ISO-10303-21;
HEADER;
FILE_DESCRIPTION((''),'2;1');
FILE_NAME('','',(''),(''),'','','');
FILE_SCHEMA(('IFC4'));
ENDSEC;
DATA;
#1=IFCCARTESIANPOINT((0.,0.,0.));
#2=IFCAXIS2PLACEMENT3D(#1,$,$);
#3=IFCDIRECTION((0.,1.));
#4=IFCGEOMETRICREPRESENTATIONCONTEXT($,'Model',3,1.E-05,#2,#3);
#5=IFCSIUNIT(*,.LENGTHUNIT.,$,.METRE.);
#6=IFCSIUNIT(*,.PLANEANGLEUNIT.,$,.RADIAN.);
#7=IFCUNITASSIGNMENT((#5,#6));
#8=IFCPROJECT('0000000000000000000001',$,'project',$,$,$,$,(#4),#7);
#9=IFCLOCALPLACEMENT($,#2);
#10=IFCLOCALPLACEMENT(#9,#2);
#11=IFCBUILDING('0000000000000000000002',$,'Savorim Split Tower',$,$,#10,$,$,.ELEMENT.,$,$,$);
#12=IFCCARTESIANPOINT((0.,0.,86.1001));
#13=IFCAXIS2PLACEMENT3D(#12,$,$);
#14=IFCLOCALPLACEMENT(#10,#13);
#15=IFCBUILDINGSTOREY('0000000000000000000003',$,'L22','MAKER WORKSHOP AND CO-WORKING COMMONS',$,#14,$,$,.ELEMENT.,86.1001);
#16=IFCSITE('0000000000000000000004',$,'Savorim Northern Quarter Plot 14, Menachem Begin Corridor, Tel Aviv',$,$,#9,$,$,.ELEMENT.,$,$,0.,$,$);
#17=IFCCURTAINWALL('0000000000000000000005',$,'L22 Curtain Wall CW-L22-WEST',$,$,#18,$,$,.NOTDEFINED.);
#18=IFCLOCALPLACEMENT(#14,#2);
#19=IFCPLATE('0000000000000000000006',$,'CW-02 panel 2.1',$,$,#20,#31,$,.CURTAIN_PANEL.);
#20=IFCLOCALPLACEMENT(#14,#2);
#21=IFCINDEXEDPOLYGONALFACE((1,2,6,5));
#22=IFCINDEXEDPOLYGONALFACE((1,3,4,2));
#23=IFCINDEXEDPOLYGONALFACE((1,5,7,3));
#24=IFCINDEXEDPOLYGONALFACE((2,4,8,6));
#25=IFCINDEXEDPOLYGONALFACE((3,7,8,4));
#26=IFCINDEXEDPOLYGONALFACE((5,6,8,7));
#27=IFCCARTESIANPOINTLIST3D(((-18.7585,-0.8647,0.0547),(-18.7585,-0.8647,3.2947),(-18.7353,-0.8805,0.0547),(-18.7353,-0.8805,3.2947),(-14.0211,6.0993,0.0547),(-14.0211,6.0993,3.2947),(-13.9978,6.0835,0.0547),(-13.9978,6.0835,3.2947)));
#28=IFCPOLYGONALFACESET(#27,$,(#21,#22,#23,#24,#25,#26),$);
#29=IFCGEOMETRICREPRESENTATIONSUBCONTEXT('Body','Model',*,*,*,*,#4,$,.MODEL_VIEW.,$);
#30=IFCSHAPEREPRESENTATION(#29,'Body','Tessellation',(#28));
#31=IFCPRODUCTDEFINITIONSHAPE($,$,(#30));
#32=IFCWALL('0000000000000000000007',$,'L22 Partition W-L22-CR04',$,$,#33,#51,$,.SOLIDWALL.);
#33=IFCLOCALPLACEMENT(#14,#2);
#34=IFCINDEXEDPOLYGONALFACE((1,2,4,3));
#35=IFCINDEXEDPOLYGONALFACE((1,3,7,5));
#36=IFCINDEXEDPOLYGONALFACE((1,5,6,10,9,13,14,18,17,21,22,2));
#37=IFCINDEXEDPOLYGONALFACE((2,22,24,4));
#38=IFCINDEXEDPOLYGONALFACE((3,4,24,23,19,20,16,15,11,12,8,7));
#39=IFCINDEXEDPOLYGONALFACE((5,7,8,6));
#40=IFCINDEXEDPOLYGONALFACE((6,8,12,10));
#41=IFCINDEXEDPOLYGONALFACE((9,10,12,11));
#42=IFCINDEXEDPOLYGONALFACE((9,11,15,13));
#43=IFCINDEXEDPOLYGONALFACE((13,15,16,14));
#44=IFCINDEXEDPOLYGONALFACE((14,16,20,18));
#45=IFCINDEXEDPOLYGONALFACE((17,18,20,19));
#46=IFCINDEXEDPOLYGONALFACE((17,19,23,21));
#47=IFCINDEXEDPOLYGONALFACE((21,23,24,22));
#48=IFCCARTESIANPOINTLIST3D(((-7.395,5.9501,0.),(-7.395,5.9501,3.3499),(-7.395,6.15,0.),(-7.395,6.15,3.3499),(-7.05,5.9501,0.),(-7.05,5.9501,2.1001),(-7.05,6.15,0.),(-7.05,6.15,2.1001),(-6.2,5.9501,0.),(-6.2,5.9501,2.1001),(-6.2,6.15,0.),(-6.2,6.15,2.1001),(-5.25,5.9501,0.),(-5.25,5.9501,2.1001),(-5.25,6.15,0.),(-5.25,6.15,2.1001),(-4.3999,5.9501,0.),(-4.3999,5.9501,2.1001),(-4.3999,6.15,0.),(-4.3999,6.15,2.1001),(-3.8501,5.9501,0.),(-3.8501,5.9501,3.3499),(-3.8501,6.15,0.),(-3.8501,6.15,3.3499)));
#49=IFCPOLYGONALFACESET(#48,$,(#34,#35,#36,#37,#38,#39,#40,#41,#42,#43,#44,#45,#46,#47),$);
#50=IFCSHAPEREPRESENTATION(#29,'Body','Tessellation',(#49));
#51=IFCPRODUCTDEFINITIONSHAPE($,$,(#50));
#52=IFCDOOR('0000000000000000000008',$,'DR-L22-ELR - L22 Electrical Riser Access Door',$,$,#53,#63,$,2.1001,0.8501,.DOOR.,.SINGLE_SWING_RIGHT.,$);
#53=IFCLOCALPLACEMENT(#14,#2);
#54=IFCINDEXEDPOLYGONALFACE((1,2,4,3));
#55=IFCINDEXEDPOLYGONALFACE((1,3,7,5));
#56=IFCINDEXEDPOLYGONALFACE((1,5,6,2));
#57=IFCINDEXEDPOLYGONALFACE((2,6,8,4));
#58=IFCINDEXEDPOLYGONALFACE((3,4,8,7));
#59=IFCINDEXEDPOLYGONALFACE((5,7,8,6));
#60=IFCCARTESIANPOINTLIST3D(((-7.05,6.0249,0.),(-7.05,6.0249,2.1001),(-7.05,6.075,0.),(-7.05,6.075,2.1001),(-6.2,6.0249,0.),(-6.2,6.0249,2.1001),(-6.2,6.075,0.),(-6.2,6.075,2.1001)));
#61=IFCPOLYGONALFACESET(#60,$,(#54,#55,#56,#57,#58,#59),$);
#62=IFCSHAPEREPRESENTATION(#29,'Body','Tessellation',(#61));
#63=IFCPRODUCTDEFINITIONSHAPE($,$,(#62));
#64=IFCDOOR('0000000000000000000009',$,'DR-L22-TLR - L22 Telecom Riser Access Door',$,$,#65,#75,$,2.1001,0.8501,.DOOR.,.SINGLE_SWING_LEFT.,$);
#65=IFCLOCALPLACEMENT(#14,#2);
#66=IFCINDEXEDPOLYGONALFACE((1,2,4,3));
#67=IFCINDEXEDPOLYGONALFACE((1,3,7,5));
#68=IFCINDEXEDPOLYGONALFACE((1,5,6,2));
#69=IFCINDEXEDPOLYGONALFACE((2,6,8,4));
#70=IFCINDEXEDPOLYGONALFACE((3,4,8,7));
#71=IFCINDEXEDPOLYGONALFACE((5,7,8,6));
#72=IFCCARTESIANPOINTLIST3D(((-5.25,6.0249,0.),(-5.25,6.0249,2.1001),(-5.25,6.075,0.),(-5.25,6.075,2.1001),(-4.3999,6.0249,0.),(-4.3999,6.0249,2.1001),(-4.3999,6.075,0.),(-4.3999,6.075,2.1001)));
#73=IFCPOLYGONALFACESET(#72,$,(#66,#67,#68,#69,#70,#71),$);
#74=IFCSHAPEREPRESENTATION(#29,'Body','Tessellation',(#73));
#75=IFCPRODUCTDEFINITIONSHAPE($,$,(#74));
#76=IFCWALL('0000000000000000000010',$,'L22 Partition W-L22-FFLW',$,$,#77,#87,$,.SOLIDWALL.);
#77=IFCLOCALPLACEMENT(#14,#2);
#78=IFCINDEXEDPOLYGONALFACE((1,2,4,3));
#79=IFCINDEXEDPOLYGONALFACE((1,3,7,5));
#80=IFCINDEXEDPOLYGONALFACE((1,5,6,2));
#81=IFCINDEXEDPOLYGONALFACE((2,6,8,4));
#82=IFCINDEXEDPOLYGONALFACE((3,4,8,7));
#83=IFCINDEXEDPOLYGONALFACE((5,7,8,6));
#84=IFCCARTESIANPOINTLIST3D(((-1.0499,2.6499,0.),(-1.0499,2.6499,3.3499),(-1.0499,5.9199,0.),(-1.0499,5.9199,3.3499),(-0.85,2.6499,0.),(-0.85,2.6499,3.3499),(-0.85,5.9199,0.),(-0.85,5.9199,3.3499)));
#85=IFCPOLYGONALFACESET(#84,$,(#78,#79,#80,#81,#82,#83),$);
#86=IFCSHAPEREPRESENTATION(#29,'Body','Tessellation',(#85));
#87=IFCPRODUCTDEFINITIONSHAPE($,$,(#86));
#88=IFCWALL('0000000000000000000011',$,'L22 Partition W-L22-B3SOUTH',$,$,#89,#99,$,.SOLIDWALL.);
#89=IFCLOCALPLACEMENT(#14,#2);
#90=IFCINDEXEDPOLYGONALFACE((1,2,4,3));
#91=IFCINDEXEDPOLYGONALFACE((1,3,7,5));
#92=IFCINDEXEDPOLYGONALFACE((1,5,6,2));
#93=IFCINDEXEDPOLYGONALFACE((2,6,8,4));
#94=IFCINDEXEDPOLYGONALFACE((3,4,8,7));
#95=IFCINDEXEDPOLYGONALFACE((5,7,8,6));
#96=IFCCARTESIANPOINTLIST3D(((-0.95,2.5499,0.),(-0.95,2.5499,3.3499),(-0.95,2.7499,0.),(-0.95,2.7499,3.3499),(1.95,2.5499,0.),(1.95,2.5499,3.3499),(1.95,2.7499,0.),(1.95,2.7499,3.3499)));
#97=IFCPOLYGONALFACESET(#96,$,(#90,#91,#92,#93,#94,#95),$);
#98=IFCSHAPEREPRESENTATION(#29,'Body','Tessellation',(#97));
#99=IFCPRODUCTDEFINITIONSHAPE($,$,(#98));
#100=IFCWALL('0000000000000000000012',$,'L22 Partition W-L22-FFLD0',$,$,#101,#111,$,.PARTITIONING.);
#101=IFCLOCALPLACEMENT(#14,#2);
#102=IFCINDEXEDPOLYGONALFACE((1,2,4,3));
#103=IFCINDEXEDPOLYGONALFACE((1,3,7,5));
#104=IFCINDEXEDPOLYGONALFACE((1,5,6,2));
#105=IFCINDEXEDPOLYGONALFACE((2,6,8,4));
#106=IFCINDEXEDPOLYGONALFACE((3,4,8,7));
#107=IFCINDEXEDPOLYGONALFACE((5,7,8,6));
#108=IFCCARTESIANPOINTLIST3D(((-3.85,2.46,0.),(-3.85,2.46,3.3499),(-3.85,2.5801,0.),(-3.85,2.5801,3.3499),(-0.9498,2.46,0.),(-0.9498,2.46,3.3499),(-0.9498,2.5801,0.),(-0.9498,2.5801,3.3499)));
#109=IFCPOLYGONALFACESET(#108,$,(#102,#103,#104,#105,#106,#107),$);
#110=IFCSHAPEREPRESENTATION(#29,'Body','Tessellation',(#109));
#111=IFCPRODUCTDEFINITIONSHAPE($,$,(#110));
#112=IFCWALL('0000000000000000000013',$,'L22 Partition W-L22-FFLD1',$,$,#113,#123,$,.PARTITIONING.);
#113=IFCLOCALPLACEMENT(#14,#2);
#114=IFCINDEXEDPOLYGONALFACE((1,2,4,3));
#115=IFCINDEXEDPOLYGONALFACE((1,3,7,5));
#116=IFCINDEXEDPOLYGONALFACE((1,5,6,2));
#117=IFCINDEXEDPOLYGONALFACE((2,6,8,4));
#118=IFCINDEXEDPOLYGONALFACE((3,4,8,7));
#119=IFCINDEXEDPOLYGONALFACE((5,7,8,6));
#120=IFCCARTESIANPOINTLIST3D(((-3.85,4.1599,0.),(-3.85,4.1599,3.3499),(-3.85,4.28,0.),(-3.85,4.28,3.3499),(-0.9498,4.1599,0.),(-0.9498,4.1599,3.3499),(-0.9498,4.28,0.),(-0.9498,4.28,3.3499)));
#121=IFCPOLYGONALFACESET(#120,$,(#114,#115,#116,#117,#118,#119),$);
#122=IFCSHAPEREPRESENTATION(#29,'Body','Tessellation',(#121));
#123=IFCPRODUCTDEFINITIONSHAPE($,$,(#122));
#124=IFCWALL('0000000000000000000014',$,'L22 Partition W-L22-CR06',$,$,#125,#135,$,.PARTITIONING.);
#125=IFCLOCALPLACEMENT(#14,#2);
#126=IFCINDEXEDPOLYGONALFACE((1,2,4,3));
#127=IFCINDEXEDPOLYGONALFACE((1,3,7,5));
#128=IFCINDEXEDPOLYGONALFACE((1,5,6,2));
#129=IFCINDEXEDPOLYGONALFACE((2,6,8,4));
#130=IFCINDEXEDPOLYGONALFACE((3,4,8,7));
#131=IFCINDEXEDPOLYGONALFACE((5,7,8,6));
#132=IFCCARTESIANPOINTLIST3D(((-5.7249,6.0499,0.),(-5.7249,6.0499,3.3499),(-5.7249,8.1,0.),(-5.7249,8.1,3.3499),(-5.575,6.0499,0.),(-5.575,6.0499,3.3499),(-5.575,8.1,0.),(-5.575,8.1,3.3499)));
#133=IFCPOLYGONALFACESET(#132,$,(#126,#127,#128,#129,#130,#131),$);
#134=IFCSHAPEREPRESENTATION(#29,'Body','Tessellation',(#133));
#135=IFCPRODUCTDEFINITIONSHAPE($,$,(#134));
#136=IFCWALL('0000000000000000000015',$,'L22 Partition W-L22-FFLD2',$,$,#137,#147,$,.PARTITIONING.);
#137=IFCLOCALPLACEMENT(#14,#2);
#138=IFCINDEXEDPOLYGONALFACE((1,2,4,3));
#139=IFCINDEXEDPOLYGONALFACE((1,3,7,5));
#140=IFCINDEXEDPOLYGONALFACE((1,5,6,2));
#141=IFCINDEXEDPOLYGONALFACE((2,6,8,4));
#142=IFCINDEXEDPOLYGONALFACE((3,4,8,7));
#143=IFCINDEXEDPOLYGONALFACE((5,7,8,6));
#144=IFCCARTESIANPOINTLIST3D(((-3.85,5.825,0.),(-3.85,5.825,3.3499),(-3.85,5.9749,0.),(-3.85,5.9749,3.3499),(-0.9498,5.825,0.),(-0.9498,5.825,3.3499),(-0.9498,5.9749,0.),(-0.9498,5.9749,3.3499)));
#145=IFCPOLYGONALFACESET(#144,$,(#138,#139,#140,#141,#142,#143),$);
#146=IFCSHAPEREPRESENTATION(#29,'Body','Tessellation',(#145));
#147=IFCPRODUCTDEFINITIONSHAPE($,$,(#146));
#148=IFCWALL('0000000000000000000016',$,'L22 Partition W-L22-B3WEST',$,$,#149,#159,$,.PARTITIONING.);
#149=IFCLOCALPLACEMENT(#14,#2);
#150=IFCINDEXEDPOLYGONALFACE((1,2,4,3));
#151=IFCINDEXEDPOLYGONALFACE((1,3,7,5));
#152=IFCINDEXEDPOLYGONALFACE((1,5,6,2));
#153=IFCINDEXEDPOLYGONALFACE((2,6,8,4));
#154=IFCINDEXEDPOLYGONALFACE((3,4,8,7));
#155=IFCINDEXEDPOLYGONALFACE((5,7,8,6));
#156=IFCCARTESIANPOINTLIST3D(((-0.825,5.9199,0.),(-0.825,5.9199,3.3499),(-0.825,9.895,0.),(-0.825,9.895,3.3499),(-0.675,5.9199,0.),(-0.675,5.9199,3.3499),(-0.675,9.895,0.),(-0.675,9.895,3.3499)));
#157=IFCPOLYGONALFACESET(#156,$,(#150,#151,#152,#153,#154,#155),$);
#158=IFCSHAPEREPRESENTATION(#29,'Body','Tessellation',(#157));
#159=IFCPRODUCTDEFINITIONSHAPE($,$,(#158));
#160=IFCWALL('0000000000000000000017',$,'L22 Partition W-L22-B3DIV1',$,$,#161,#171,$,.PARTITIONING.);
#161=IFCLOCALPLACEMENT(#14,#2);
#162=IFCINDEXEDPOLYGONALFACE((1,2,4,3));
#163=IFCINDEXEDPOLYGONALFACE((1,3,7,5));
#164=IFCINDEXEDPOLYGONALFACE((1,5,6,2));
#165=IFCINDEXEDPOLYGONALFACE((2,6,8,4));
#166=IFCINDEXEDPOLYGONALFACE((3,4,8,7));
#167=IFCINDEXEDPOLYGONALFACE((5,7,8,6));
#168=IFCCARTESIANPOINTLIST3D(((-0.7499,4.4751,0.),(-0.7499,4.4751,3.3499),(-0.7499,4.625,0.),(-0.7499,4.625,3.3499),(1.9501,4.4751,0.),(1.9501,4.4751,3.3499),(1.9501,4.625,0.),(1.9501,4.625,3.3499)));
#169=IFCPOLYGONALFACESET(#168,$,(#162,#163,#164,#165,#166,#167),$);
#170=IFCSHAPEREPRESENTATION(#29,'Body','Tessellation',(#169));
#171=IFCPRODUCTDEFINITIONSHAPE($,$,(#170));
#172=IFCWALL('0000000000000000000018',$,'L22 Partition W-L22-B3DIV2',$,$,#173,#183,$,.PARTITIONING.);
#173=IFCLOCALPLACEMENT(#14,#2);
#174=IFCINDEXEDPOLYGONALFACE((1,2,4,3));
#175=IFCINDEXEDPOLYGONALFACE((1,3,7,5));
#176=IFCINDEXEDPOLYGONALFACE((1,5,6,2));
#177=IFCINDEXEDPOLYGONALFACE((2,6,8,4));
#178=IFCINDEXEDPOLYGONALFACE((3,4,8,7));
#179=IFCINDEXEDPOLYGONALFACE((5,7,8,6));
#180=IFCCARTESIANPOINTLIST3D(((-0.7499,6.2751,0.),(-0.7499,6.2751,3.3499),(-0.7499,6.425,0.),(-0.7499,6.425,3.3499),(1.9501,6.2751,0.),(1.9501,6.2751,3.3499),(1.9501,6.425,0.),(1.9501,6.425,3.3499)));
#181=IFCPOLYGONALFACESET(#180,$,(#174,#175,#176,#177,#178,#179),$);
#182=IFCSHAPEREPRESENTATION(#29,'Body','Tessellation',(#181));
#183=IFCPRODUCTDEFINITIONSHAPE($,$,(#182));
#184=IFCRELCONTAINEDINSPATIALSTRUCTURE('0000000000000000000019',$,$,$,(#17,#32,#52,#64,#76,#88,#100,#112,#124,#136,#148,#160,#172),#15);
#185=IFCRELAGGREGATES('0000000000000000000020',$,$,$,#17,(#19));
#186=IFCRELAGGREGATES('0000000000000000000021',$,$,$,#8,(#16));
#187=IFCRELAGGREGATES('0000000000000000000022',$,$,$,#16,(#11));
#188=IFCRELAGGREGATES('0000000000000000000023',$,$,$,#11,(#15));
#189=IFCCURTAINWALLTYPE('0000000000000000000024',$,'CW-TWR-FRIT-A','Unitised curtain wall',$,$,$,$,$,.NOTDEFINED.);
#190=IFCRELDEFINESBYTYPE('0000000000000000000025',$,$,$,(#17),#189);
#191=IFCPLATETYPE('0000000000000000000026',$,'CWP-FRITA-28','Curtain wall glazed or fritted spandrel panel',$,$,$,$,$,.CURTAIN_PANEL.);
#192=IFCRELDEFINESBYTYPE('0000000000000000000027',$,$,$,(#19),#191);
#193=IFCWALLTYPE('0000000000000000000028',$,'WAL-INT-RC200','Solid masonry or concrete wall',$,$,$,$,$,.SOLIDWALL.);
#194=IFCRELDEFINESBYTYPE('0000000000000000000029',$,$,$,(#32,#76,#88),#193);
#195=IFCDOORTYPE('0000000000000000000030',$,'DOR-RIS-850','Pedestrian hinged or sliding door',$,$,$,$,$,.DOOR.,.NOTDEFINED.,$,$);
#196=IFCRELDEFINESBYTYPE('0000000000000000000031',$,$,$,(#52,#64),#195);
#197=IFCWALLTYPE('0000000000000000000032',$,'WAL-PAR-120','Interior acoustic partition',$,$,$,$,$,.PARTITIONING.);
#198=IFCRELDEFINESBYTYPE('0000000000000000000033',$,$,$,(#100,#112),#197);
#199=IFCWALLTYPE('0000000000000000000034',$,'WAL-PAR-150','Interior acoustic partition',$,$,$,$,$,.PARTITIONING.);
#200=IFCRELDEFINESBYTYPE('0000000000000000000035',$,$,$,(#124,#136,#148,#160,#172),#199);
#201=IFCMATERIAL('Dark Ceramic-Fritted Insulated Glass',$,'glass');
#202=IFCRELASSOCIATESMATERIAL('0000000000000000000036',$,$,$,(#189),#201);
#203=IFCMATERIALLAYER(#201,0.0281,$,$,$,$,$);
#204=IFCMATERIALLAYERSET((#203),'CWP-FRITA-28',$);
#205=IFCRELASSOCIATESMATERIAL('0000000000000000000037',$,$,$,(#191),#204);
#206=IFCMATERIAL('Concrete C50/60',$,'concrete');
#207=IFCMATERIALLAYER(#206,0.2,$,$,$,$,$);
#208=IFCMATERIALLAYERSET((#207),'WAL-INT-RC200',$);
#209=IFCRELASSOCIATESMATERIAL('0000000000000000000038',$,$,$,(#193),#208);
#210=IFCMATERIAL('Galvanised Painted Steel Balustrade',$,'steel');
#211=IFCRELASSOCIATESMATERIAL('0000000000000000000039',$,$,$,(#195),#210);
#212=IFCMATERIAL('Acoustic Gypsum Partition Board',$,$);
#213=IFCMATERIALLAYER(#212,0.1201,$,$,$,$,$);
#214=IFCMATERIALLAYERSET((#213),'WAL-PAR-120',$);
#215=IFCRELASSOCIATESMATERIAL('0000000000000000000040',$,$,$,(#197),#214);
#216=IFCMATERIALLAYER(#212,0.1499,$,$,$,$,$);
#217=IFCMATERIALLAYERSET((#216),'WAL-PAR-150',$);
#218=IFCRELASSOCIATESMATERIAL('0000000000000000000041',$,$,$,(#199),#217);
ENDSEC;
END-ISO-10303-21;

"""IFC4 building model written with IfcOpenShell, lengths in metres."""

from ifc_helpers import new_model, si_unit, direction, frame, frame_2d, origin, origin_2d, place, context, subcontext, project, spatial, rectangle, extrude, material, layer, layer_set, type_object, element, fill, aggregate, save


model = new_model("IFC4")

# Units and contexts
model_context = context("Model", 3, precision=1e-05, world=origin(), true_north=direction((0.0, 1.0)))
body_context = subcontext(model_context, "Body", "Model", "MODEL_VIEW")
ifc_project = project(units=[si_unit("LENGTHUNIT", "METRE"), si_unit("PLANEANGLEUNIT", "RADIAN")], contexts=[model_context])

# Site, building, storey
site_placement = place(None, origin())
site = spatial("IfcSite", under=ifc_project, at=site_placement, Name="Savorim Northern Quarter Plot 14, Menachem Begin Corridor, Tel Aviv", CompositionType="ELEMENT", RefElevation=0.0)
building_placement = place(site_placement, origin())
building = spatial("IfcBuilding", under=site, at=building_placement, Name="Savorim Split Tower", CompositionType="ELEMENT")
storey_placement = place(building_placement, frame((0.0, 0.0, 86.1001)))
storey = spatial("IfcBuildingStorey", under=building, at=storey_placement, Name="L22", Description="MAKER WORKSHOP AND CO-WORKING COMMONS", CompositionType="ELEMENT", Elevation=86.1001)

# Curtain wall, plate
ifc_material_1 = material(Name="Dark Ceramic-Fritted Insulated Glass", Category="glass")
curtain_wall_type = type_object("IfcCurtainWallType", Name="CW-TWR-FRIT-A", Description="Unitised curtain wall", PredefinedType="NOTDEFINED", material=ifc_material_1)
curtain_wall_placement = place(storey_placement, origin())
curtain_wall = element("IfcCurtainWall", 1, at=curtain_wall_placement, inside=storey, type_object=curtain_wall_type, Name="L22 Curtain Wall CW-L22-WEST", PredefinedType="NOTDEFINED")
ifc_layer_1 = layer(ifc_material_1, 0.0281)
ifc_layer_set_1 = layer_set([ifc_layer_1], Name="CWP-FRITA-28")
plate_type = type_object("IfcPlateType", Name="CWP-FRITA-28", Description="Curtain wall glazed or fritted spandrel panel", PredefinedType="CURTAIN_PANEL", material=ifc_layer_set_1)
plate_placement = place(storey_placement, frame((-16.3782, 2.6094, 0.0547), z_axis=(0.0, 0.0, 1.0), x_axis=(-0.562468, -0.826819, 0.0)))
plate = element("IfcPlate", 2, at=plate_placement, type_object=plate_type, Name="CW-02 panel 2.1", PredefinedType="CURTAIN_PANEL", context=body_context, shape_type="SweptSolid", body=[
    extrude(rectangle(XDim=8.4226, YDim=0.0281, at=origin_2d()), origin(), (0.0, 0.0, 1.0), 3.24),
])
aggregate(curtain_wall, [plate])

# Wall, openings, doors
ifc_material_2 = material(Name="Concrete C50/60", Category="concrete")
ifc_layer_2 = layer(ifc_material_2, 0.2)
ifc_layer_set_2 = layer_set([ifc_layer_2], Name="WAL-INT-RC200")
wall_type_1 = type_object("IfcWallType", Name="WAL-INT-RC200", Description="Solid masonry or concrete wall", PredefinedType="SOLIDWALL", material=ifc_layer_set_2)
wall_1_placement = place(storey_placement, frame((-7.395, 6.05, 0.0), z_axis=(0.0, 0.0, 1.0), x_axis=(1.0, 0.0, 0.0)))
wall_1 = element("IfcWall", 3, at=wall_1_placement, inside=storey, type_object=wall_type_1, Name="L22 Partition W-L22-CR04", PredefinedType="SOLIDWALL", context=body_context, shape_type="SweptSolid", body=[
    extrude(rectangle(XDim=3.5449, YDim=0.2, at=frame_2d((1.7725, 0.0))), origin(), (0.0, 0.0, 1.0), 3.3499),
])
opening_1_placement = place(wall_1_placement, frame((0.345, 0.0, 0.0)))
opening_1 = element("IfcOpeningElement", 4, at=opening_1_placement, cuts=wall_1, PredefinedType="OPENING", context=body_context, shape_type="SweptSolid", body=[
    extrude(rectangle(XDim=0.8501, YDim=2.1001, at=frame_2d((0.425, 1.05))), frame((0.0, 0.1099, 0.0), z_axis=(0.0, -1.0, 0.0), x_axis=(1.0, 0.0, 0.0)), (0.0, 0.0, 1.0), 0.22),
])
opening_2_placement = place(wall_1_placement, frame((2.145, 0.0, 0.0)))
opening_2 = element("IfcOpeningElement", 5, at=opening_2_placement, cuts=wall_1, PredefinedType="OPENING", context=body_context, shape_type="SweptSolid", body=[
    extrude(rectangle(XDim=0.8501, YDim=2.1001, at=frame_2d((0.425, 1.05))), frame((0.0, 0.1099, 0.0), z_axis=(0.0, -1.0, 0.0), x_axis=(1.0, 0.0, 0.0)), (0.0, 0.0, 1.0), 0.22),
])
ifc_material_3 = material(Name="Galvanised Painted Steel Balustrade", Category="steel")
door_type = type_object("IfcDoorType", Name="DOR-RIS-850", Description="Pedestrian hinged or sliding door", OperationType="NOTDEFINED", PredefinedType="DOOR", material=ifc_material_3)
door_1_placement = place(opening_1_placement, origin())
door_1 = element("IfcDoor", 6, at=door_1_placement, inside=storey, type_object=door_type, Name="DR-L22-ELR - L22 Electrical Riser Access Door", OperationType="SINGLE_SWING_RIGHT", OverallHeight=2.1001, OverallWidth=0.8501, PredefinedType="DOOR", context=body_context, shape_type="SweptSolid", body=[
    extrude(rectangle(XDim=0.8501, YDim=2.1001, at=frame_2d((0.425, 1.05))), frame((0.0, 0.0249, 0.0), z_axis=(0.0, -1.0, 0.0), x_axis=(1.0, 0.0, 0.0)), (0.0, 0.0, 1.0), 0.05),
])
fill(opening_1, door_1)
door_2_placement = place(opening_2_placement, origin())
door_2 = element("IfcDoor", 7, at=door_2_placement, inside=storey, type_object=door_type, Name="DR-L22-TLR - L22 Telecom Riser Access Door", OperationType="SINGLE_SWING_LEFT", OverallHeight=2.1001, OverallWidth=0.8501, PredefinedType="DOOR", context=body_context, shape_type="SweptSolid", body=[
    extrude(rectangle(XDim=0.8501, YDim=2.1001, at=frame_2d((0.425, 1.05))), frame((0.0, 0.0249, 0.0), z_axis=(0.0, -1.0, 0.0), x_axis=(1.0, 0.0, 0.0)), (0.0, 0.0, 1.0), 0.05),
])
fill(opening_2, door_2)

# Walls
wall_2_placement = place(storey_placement, frame((-0.95, 2.6499, 0.0), z_axis=(0.0, 0.0, 1.0), x_axis=(0.0, 1.0, 0.0)))
element("IfcWall", 8, at=wall_2_placement, inside=storey, type_object=wall_type_1, Name="L22 Partition W-L22-FFLW", PredefinedType="SOLIDWALL", context=body_context, shape_type="SweptSolid", body=[
    extrude(rectangle(XDim=3.27, YDim=0.2, at=frame_2d((1.635, 0.0))), origin(), (0.0, 0.0, 1.0), 3.3499),
])
wall_3_placement = place(storey_placement, frame((-0.95, 2.6499, 0.0), z_axis=(0.0, 0.0, 1.0), x_axis=(1.0, 0.0, 0.0)))
element("IfcWall", 9, at=wall_3_placement, inside=storey, type_object=wall_type_1, Name="L22 Partition W-L22-B3SOUTH", PredefinedType="SOLIDWALL", context=body_context, shape_type="SweptSolid", body=[
    extrude(rectangle(XDim=2.8999, YDim=0.2, at=frame_2d((1.45, 0.0))), origin(), (0.0, 0.0, 1.0), 3.3499),
])
ifc_material_4 = material(Name="Acoustic Gypsum Partition Board")
ifc_layer_3 = layer(ifc_material_4, 0.1201)
ifc_layer_set_3 = layer_set([ifc_layer_3], Name="WAL-PAR-120")
wall_type_2 = type_object("IfcWallType", Name="WAL-PAR-120", Description="Interior acoustic partition", PredefinedType="PARTITIONING", material=ifc_layer_set_3)
for number, where, z_axis, x_axis, name in (
    (10, (-3.8501, 2.52, 0.0), (0.0, 0.0, 1.0), (1.0, 0.0, 0.0), "L22 Partition W-L22-FFLD0"),
    (11, (-3.8501, 4.22, 0.0), (0.0, 0.0, 1.0), (1.0, 0.0, 0.0), "L22 Partition W-L22-FFLD1"),
):
    element("IfcWall", number, at=place(storey_placement, frame(where, z_axis=z_axis, x_axis=x_axis)), inside=storey, type_object=wall_type_2, Name=name, PredefinedType="PARTITIONING", context=body_context, shape_type="SweptSolid", body=[
        extrude(rectangle(XDim=2.9001, YDim=0.1201, at=frame_2d((1.4502, 0.0))), origin(), (0.0, 0.0, 1.0), 3.3499),
    ])
ifc_layer_4 = layer(ifc_material_4, 0.1499)
ifc_layer_set_4 = layer_set([ifc_layer_4], Name="WAL-PAR-150")
wall_type_3 = type_object("IfcWallType", Name="WAL-PAR-150", Description="Interior acoustic partition", PredefinedType="PARTITIONING", material=ifc_layer_set_4)
wall_4_placement = place(storey_placement, frame((-5.6499, 6.05, 0.0), z_axis=(0.0, 0.0, 1.0), x_axis=(0.0, 1.0, 0.0)))
element("IfcWall", 12, at=wall_4_placement, inside=storey, type_object=wall_type_3, Name="L22 Partition W-L22-CR06", PredefinedType="PARTITIONING", context=body_context, shape_type="SweptSolid", body=[
    extrude(rectangle(XDim=2.05, YDim=0.1499, at=frame_2d((1.0249, 0.0))), origin(), (0.0, 0.0, 1.0), 3.3499),
])
wall_5_placement = place(storey_placement, frame((-3.8501, 5.8999, 0.0), z_axis=(0.0, 0.0, 1.0), x_axis=(1.0, 0.0, 0.0)))
element("IfcWall", 13, at=wall_5_placement, inside=storey, type_object=wall_type_3, Name="L22 Partition W-L22-FFLD2", PredefinedType="PARTITIONING", context=body_context, shape_type="SweptSolid", body=[
    extrude(rectangle(XDim=2.9001, YDim=0.1499, at=frame_2d((1.4502, 0.0))), origin(), (0.0, 0.0, 1.0), 3.3499),
])
wall_6_placement = place(storey_placement, frame((-0.75, 5.9199, 0.0), z_axis=(0.0, 0.0, 1.0), x_axis=(0.0, 1.0, 0.0)))
element("IfcWall", 14, at=wall_6_placement, inside=storey, type_object=wall_type_3, Name="L22 Partition W-L22-B3WEST", PredefinedType="PARTITIONING", context=body_context, shape_type="SweptSolid", body=[
    extrude(rectangle(XDim=3.9751, YDim=0.1499, at=frame_2d((1.9875, 0.0))), origin(), (0.0, 0.0, 1.0), 3.3499),
])
for number, where, z_axis, x_axis, name in (
    (15, (-0.75, 4.55, 0.0), (0.0, 0.0, 1.0), (1.0, 0.0, 0.0), "L22 Partition W-L22-B3DIV1"),
    (16, (-0.75, 6.3501, 0.0), (0.0, 0.0, 1.0), (1.0, 0.0, 0.0), "L22 Partition W-L22-B3DIV2"),
):
    element("IfcWall", number, at=place(storey_placement, frame(where, z_axis=z_axis, x_axis=x_axis)), inside=storey, type_object=wall_type_3, Name=name, PredefinedType="PARTITIONING", context=body_context, shape_type="SweptSolid", body=[
        extrude(rectangle(XDim=2.7, YDim=0.1499, at=frame_2d((1.3501, 0.0))), origin(), (0.0, 0.0, 1.0), 3.3499),
    ])

save(model, "model.ifc")
